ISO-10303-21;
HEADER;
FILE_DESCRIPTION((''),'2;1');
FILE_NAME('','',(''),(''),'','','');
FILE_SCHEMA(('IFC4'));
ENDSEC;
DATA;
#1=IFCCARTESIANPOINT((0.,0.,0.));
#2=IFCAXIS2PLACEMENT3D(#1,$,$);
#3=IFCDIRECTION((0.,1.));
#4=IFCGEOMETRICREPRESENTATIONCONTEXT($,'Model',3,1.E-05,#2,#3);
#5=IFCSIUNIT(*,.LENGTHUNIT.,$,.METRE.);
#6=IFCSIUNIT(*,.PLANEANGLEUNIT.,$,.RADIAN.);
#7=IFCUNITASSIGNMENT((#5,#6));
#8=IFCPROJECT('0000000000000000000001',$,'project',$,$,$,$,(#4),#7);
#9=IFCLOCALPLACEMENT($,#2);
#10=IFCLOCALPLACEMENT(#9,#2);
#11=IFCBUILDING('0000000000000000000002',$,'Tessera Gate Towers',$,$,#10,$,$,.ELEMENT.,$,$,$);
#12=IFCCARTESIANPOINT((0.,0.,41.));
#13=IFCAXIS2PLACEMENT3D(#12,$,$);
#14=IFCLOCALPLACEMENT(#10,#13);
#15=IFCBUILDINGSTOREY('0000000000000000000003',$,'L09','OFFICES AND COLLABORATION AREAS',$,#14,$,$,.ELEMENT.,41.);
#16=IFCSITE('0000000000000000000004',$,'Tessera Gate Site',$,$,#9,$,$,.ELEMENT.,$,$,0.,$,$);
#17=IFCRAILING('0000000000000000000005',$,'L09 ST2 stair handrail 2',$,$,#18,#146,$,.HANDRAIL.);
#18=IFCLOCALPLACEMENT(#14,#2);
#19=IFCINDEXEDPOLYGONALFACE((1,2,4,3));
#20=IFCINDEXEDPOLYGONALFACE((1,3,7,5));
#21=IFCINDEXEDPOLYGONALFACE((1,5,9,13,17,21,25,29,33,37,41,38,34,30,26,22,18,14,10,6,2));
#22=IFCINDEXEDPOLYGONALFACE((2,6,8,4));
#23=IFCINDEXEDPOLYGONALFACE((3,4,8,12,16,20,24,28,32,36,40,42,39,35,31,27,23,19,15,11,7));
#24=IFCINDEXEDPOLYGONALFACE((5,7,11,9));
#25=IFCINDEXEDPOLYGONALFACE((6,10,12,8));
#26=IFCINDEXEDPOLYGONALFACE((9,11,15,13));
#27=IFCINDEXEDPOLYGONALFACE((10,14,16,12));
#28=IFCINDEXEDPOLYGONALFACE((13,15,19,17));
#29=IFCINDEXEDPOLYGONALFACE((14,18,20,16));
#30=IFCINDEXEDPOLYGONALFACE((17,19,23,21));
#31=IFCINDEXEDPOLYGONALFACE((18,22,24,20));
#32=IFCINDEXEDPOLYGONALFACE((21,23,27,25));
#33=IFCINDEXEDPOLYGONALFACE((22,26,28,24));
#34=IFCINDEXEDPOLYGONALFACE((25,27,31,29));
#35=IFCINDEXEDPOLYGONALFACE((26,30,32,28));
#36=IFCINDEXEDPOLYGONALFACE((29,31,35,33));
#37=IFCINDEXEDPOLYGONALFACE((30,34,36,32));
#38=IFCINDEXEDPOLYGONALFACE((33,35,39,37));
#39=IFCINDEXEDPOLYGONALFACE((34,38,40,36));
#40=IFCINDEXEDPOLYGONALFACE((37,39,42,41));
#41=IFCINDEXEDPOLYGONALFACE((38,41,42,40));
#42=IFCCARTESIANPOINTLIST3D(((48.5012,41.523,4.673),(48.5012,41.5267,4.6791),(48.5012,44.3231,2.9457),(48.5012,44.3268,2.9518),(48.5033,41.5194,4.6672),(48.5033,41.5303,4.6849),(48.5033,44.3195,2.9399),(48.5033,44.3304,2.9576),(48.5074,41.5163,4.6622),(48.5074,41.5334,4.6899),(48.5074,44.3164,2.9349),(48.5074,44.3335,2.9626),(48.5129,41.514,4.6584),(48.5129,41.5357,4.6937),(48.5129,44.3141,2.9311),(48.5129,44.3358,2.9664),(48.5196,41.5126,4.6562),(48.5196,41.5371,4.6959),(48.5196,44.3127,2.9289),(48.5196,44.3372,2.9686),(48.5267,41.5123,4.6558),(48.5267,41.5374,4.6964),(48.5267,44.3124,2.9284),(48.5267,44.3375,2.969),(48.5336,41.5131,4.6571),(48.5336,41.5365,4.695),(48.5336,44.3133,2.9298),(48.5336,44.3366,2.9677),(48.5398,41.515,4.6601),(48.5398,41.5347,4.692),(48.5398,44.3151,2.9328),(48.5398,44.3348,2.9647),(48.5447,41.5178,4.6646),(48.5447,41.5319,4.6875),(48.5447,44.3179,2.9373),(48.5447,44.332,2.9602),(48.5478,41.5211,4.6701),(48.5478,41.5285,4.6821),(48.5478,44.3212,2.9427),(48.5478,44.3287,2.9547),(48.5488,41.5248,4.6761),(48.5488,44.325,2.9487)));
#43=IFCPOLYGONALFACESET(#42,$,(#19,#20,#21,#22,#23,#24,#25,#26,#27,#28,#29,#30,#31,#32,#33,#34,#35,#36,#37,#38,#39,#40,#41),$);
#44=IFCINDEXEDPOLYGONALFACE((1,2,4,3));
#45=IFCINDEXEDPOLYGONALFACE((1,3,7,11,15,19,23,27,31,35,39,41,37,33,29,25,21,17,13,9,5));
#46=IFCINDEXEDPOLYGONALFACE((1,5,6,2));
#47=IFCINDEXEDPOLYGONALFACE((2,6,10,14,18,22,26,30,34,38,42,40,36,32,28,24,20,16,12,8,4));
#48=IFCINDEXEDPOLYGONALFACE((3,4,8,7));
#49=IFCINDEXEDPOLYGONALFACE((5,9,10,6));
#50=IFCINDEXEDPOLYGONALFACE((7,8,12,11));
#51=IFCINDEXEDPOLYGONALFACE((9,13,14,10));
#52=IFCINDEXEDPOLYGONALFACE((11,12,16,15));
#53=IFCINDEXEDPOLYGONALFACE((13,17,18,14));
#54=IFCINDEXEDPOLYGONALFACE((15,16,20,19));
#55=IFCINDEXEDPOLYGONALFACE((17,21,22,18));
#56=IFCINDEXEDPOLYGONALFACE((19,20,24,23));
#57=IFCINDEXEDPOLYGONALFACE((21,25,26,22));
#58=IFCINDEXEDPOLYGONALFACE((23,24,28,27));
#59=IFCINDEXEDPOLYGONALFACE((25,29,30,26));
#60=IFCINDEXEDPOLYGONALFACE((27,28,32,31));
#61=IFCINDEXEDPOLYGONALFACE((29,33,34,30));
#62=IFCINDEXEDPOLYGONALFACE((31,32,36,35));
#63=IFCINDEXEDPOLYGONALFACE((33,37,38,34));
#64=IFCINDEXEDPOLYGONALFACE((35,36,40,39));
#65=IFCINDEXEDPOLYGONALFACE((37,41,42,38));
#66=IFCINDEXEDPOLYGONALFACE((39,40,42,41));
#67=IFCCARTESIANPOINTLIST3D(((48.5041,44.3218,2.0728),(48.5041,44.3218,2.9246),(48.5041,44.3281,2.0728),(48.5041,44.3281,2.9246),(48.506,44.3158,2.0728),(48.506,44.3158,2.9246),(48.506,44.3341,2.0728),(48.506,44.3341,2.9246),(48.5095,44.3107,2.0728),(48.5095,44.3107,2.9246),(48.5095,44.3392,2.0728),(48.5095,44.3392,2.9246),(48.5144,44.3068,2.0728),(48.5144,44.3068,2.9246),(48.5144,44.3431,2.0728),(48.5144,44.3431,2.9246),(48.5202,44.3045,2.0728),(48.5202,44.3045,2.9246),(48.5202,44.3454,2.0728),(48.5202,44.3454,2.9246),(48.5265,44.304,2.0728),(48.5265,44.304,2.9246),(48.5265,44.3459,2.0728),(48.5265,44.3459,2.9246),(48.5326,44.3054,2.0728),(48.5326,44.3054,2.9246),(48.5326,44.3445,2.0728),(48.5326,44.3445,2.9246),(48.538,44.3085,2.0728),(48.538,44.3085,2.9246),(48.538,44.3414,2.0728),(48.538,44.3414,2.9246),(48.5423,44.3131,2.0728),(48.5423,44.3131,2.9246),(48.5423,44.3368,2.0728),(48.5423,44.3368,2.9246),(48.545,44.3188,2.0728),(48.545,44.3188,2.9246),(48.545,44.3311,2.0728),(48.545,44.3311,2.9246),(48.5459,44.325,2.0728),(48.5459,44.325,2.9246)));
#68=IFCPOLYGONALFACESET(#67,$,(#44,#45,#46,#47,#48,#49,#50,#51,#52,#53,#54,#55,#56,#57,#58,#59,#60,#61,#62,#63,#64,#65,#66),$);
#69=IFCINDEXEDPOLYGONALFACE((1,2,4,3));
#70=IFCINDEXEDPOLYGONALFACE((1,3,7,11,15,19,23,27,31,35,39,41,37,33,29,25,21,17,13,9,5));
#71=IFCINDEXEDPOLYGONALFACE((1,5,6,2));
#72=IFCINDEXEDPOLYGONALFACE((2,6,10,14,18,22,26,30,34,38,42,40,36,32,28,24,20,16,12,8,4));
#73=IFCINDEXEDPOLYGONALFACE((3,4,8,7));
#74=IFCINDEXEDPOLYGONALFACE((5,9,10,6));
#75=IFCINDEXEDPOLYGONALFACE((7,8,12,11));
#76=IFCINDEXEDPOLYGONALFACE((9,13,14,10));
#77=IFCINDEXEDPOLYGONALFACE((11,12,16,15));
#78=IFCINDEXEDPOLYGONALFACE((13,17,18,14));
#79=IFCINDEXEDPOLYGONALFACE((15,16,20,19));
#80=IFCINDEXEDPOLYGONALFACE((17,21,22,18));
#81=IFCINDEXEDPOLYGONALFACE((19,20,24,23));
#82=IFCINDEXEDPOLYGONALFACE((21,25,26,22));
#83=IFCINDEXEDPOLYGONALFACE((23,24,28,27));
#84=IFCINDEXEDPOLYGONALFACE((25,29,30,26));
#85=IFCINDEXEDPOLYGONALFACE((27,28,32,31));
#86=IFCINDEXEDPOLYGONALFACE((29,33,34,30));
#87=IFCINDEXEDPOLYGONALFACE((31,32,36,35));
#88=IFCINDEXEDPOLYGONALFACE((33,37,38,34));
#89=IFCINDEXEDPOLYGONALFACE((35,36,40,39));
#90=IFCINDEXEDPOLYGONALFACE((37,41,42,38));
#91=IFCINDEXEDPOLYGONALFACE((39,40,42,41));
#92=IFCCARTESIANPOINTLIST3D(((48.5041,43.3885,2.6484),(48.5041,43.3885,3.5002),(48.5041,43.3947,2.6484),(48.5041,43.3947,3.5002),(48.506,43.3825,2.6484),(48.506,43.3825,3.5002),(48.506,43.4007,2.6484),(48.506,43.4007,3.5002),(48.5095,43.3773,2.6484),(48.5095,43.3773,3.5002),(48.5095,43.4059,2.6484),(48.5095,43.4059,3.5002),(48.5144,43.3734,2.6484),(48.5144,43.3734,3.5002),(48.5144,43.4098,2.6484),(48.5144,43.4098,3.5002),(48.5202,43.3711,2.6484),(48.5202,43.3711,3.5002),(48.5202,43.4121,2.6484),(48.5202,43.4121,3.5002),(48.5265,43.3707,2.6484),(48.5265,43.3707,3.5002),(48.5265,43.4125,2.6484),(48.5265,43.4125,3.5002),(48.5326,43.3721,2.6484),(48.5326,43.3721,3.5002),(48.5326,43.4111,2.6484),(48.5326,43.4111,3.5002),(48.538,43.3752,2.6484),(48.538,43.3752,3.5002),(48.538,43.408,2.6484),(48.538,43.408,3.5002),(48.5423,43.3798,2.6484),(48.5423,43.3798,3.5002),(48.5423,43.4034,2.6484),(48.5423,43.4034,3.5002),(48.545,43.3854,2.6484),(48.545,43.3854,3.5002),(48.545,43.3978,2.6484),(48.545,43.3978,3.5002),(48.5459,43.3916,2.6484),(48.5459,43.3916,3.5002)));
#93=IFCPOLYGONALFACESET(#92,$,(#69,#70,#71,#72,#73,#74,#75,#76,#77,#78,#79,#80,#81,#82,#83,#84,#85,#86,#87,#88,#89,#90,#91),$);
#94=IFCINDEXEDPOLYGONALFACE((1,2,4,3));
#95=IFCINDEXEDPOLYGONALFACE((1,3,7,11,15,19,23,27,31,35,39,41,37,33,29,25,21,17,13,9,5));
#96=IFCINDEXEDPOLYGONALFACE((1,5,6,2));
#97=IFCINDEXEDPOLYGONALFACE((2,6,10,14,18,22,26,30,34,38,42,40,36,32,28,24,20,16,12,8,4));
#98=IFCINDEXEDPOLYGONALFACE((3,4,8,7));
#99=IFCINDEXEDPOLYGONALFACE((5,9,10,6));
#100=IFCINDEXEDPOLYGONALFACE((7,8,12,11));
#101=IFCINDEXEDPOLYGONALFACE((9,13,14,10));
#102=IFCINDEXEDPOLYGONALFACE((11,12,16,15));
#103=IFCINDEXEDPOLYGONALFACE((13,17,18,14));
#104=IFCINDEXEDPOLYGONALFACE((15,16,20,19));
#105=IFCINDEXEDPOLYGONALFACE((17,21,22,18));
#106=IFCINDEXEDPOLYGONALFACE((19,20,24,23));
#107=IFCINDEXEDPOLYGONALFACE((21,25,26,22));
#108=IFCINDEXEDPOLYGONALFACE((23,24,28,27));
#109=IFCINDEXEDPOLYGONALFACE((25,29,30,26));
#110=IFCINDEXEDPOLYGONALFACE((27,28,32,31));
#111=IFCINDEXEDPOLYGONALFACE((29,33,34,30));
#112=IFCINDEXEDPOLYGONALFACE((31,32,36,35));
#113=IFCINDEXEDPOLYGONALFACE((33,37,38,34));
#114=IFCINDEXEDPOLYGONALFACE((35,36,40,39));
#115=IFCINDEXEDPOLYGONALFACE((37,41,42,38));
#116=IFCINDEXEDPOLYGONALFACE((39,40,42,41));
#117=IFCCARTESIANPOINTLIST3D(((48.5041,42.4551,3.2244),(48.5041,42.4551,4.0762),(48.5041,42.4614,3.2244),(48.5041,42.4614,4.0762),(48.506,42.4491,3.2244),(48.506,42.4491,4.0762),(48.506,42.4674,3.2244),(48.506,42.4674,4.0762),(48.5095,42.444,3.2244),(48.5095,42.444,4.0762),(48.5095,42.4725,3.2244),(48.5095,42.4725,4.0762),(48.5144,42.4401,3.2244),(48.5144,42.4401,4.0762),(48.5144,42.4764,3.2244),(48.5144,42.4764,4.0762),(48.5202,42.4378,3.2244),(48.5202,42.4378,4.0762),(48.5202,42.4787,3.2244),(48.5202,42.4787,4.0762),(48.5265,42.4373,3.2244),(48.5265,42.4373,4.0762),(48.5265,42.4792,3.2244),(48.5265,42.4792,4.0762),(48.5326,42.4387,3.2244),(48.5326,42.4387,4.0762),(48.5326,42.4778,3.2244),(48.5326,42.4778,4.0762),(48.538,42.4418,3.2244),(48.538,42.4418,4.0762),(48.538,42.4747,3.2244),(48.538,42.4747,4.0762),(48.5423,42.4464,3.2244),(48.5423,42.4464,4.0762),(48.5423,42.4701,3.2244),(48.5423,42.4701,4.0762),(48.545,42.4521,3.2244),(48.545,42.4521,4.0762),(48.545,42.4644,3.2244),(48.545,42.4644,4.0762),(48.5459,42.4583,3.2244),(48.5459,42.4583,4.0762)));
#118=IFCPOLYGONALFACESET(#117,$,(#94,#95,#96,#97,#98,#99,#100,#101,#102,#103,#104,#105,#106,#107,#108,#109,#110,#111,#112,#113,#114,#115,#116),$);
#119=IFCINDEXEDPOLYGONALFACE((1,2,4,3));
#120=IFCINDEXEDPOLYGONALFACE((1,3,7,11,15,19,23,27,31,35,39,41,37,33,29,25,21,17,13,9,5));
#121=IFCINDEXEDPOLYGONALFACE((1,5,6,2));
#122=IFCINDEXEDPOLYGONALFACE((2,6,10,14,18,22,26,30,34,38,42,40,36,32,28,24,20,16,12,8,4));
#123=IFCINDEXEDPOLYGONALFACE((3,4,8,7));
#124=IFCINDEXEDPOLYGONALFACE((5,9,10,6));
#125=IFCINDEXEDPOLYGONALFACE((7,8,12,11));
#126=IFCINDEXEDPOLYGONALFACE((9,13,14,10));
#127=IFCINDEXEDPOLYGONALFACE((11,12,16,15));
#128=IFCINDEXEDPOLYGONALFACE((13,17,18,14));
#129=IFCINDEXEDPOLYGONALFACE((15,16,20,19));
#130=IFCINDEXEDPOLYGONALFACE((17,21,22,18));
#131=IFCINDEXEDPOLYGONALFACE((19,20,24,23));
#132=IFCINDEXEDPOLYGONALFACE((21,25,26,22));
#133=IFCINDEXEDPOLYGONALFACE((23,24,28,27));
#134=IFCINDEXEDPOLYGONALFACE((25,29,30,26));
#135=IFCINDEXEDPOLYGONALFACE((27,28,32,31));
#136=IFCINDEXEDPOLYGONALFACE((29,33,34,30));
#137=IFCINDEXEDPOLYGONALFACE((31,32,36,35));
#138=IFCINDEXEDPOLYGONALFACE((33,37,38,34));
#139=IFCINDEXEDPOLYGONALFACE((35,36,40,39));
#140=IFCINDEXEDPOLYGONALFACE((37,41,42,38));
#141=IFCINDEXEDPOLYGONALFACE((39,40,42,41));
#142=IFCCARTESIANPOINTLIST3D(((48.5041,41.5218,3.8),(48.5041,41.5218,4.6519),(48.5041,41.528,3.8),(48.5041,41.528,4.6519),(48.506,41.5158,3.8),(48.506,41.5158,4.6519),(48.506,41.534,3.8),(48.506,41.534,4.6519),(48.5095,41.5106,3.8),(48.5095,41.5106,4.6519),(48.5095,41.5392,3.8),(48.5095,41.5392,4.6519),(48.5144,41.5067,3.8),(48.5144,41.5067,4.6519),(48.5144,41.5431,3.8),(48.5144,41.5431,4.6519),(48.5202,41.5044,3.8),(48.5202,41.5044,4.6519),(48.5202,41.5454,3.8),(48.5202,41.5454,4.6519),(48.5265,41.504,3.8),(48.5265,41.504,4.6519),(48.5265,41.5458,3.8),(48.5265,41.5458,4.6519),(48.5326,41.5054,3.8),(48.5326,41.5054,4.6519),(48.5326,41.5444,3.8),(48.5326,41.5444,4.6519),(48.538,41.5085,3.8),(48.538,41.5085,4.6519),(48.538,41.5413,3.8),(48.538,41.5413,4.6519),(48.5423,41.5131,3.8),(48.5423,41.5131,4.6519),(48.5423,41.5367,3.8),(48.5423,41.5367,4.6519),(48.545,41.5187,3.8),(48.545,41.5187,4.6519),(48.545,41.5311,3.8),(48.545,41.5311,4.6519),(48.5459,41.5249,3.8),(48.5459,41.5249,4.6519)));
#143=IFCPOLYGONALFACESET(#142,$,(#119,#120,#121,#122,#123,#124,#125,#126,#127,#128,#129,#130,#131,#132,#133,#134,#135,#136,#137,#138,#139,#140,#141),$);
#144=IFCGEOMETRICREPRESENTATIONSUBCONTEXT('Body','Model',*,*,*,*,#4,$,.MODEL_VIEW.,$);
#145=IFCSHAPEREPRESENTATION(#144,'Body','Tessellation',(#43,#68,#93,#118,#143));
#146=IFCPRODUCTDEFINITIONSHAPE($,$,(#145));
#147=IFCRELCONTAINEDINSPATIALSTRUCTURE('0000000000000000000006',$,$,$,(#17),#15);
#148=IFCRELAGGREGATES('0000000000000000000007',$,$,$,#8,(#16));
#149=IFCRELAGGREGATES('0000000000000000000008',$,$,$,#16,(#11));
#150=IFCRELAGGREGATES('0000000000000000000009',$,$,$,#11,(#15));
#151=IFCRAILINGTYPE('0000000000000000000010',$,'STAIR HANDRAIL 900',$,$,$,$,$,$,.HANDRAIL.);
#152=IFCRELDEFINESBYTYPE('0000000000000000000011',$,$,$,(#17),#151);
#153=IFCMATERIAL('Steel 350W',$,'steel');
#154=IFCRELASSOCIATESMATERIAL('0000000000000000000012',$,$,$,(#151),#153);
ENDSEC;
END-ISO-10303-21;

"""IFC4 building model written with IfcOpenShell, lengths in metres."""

from ifc_helpers import new_model, si_unit, direction, frame, origin, origin_2d, place, context, subcontext, project, spatial, circle, extrude, material, type_object, element, save


model = new_model("IFC4")

# Units and contexts
model_context = context("Model", 3, precision=1e-05, world=origin(), true_north=direction((0.0, 1.0)))
body_context = subcontext(model_context, "Body", "Model", "MODEL_VIEW")
ifc_project = project(units=[si_unit("LENGTHUNIT", "METRE"), si_unit("PLANEANGLEUNIT", "RADIAN")], contexts=[model_context])

# Site, building, storey
site_placement = place(None, origin())
site = spatial("IfcSite", under=ifc_project, at=site_placement, Name="Tessera Gate Site", CompositionType="ELEMENT", RefElevation=0.0)
building_placement = place(site_placement, origin())
building = spatial("IfcBuilding", under=site, at=building_placement, Name="Tessera Gate Towers", CompositionType="ELEMENT")
storey_placement = place(building_placement, frame((0.0, 0.0, 41.0)))
storey = spatial("IfcBuildingStorey", under=building, at=storey_placement, Name="L09", Description="OFFICES AND COLLABORATION AREAS", CompositionType="ELEMENT", Elevation=41.0)

# Railing
ifc_material_1 = material(Name="Steel 350W", Category="steel")
railing_type = type_object("IfcRailingType", Name="STAIR HANDRAIL 900", PredefinedType="HANDRAIL", material=ifc_material_1)
railing_placement = place(storey_placement, frame((48.5249, 44.325, 2.0728)))
element("IfcRailing", 1, at=railing_placement, inside=storey, type_object=railing_type, Name="L09 ST2 stair handrail 2", PredefinedType="HANDRAIL", context=body_context, shape_type="SweptSolid", body=[
    extrude(circle(Radius=0.0239, at=origin_2d()), frame((0.0, 0.0, 0.876), z_axis=(0.0, -0.85109, 0.52502), x_axis=(1.0, 0.0, 0.0)), (0.0, 0.0, 1.0), 3.29),
    extrude(circle(Radius=0.021, at=origin_2d()), origin(), (0.0, 0.0, 1.0), 0.8518),
    extrude(circle(Radius=0.021, at=origin_2d()), frame((0.0, -0.9333, 0.5757)), (0.0, 0.0, 1.0), 0.8518),
    extrude(circle(Radius=0.021, at=origin_2d()), frame((0.0, -1.8667, 1.1516)), (0.0, 0.0, 1.0), 0.8518),
    extrude(circle(Radius=0.021, at=origin_2d()), frame((0.0, -2.8, 1.7273)), (0.0, 0.0, 1.0), 0.8518),
])

save(model, "model.ifc")
